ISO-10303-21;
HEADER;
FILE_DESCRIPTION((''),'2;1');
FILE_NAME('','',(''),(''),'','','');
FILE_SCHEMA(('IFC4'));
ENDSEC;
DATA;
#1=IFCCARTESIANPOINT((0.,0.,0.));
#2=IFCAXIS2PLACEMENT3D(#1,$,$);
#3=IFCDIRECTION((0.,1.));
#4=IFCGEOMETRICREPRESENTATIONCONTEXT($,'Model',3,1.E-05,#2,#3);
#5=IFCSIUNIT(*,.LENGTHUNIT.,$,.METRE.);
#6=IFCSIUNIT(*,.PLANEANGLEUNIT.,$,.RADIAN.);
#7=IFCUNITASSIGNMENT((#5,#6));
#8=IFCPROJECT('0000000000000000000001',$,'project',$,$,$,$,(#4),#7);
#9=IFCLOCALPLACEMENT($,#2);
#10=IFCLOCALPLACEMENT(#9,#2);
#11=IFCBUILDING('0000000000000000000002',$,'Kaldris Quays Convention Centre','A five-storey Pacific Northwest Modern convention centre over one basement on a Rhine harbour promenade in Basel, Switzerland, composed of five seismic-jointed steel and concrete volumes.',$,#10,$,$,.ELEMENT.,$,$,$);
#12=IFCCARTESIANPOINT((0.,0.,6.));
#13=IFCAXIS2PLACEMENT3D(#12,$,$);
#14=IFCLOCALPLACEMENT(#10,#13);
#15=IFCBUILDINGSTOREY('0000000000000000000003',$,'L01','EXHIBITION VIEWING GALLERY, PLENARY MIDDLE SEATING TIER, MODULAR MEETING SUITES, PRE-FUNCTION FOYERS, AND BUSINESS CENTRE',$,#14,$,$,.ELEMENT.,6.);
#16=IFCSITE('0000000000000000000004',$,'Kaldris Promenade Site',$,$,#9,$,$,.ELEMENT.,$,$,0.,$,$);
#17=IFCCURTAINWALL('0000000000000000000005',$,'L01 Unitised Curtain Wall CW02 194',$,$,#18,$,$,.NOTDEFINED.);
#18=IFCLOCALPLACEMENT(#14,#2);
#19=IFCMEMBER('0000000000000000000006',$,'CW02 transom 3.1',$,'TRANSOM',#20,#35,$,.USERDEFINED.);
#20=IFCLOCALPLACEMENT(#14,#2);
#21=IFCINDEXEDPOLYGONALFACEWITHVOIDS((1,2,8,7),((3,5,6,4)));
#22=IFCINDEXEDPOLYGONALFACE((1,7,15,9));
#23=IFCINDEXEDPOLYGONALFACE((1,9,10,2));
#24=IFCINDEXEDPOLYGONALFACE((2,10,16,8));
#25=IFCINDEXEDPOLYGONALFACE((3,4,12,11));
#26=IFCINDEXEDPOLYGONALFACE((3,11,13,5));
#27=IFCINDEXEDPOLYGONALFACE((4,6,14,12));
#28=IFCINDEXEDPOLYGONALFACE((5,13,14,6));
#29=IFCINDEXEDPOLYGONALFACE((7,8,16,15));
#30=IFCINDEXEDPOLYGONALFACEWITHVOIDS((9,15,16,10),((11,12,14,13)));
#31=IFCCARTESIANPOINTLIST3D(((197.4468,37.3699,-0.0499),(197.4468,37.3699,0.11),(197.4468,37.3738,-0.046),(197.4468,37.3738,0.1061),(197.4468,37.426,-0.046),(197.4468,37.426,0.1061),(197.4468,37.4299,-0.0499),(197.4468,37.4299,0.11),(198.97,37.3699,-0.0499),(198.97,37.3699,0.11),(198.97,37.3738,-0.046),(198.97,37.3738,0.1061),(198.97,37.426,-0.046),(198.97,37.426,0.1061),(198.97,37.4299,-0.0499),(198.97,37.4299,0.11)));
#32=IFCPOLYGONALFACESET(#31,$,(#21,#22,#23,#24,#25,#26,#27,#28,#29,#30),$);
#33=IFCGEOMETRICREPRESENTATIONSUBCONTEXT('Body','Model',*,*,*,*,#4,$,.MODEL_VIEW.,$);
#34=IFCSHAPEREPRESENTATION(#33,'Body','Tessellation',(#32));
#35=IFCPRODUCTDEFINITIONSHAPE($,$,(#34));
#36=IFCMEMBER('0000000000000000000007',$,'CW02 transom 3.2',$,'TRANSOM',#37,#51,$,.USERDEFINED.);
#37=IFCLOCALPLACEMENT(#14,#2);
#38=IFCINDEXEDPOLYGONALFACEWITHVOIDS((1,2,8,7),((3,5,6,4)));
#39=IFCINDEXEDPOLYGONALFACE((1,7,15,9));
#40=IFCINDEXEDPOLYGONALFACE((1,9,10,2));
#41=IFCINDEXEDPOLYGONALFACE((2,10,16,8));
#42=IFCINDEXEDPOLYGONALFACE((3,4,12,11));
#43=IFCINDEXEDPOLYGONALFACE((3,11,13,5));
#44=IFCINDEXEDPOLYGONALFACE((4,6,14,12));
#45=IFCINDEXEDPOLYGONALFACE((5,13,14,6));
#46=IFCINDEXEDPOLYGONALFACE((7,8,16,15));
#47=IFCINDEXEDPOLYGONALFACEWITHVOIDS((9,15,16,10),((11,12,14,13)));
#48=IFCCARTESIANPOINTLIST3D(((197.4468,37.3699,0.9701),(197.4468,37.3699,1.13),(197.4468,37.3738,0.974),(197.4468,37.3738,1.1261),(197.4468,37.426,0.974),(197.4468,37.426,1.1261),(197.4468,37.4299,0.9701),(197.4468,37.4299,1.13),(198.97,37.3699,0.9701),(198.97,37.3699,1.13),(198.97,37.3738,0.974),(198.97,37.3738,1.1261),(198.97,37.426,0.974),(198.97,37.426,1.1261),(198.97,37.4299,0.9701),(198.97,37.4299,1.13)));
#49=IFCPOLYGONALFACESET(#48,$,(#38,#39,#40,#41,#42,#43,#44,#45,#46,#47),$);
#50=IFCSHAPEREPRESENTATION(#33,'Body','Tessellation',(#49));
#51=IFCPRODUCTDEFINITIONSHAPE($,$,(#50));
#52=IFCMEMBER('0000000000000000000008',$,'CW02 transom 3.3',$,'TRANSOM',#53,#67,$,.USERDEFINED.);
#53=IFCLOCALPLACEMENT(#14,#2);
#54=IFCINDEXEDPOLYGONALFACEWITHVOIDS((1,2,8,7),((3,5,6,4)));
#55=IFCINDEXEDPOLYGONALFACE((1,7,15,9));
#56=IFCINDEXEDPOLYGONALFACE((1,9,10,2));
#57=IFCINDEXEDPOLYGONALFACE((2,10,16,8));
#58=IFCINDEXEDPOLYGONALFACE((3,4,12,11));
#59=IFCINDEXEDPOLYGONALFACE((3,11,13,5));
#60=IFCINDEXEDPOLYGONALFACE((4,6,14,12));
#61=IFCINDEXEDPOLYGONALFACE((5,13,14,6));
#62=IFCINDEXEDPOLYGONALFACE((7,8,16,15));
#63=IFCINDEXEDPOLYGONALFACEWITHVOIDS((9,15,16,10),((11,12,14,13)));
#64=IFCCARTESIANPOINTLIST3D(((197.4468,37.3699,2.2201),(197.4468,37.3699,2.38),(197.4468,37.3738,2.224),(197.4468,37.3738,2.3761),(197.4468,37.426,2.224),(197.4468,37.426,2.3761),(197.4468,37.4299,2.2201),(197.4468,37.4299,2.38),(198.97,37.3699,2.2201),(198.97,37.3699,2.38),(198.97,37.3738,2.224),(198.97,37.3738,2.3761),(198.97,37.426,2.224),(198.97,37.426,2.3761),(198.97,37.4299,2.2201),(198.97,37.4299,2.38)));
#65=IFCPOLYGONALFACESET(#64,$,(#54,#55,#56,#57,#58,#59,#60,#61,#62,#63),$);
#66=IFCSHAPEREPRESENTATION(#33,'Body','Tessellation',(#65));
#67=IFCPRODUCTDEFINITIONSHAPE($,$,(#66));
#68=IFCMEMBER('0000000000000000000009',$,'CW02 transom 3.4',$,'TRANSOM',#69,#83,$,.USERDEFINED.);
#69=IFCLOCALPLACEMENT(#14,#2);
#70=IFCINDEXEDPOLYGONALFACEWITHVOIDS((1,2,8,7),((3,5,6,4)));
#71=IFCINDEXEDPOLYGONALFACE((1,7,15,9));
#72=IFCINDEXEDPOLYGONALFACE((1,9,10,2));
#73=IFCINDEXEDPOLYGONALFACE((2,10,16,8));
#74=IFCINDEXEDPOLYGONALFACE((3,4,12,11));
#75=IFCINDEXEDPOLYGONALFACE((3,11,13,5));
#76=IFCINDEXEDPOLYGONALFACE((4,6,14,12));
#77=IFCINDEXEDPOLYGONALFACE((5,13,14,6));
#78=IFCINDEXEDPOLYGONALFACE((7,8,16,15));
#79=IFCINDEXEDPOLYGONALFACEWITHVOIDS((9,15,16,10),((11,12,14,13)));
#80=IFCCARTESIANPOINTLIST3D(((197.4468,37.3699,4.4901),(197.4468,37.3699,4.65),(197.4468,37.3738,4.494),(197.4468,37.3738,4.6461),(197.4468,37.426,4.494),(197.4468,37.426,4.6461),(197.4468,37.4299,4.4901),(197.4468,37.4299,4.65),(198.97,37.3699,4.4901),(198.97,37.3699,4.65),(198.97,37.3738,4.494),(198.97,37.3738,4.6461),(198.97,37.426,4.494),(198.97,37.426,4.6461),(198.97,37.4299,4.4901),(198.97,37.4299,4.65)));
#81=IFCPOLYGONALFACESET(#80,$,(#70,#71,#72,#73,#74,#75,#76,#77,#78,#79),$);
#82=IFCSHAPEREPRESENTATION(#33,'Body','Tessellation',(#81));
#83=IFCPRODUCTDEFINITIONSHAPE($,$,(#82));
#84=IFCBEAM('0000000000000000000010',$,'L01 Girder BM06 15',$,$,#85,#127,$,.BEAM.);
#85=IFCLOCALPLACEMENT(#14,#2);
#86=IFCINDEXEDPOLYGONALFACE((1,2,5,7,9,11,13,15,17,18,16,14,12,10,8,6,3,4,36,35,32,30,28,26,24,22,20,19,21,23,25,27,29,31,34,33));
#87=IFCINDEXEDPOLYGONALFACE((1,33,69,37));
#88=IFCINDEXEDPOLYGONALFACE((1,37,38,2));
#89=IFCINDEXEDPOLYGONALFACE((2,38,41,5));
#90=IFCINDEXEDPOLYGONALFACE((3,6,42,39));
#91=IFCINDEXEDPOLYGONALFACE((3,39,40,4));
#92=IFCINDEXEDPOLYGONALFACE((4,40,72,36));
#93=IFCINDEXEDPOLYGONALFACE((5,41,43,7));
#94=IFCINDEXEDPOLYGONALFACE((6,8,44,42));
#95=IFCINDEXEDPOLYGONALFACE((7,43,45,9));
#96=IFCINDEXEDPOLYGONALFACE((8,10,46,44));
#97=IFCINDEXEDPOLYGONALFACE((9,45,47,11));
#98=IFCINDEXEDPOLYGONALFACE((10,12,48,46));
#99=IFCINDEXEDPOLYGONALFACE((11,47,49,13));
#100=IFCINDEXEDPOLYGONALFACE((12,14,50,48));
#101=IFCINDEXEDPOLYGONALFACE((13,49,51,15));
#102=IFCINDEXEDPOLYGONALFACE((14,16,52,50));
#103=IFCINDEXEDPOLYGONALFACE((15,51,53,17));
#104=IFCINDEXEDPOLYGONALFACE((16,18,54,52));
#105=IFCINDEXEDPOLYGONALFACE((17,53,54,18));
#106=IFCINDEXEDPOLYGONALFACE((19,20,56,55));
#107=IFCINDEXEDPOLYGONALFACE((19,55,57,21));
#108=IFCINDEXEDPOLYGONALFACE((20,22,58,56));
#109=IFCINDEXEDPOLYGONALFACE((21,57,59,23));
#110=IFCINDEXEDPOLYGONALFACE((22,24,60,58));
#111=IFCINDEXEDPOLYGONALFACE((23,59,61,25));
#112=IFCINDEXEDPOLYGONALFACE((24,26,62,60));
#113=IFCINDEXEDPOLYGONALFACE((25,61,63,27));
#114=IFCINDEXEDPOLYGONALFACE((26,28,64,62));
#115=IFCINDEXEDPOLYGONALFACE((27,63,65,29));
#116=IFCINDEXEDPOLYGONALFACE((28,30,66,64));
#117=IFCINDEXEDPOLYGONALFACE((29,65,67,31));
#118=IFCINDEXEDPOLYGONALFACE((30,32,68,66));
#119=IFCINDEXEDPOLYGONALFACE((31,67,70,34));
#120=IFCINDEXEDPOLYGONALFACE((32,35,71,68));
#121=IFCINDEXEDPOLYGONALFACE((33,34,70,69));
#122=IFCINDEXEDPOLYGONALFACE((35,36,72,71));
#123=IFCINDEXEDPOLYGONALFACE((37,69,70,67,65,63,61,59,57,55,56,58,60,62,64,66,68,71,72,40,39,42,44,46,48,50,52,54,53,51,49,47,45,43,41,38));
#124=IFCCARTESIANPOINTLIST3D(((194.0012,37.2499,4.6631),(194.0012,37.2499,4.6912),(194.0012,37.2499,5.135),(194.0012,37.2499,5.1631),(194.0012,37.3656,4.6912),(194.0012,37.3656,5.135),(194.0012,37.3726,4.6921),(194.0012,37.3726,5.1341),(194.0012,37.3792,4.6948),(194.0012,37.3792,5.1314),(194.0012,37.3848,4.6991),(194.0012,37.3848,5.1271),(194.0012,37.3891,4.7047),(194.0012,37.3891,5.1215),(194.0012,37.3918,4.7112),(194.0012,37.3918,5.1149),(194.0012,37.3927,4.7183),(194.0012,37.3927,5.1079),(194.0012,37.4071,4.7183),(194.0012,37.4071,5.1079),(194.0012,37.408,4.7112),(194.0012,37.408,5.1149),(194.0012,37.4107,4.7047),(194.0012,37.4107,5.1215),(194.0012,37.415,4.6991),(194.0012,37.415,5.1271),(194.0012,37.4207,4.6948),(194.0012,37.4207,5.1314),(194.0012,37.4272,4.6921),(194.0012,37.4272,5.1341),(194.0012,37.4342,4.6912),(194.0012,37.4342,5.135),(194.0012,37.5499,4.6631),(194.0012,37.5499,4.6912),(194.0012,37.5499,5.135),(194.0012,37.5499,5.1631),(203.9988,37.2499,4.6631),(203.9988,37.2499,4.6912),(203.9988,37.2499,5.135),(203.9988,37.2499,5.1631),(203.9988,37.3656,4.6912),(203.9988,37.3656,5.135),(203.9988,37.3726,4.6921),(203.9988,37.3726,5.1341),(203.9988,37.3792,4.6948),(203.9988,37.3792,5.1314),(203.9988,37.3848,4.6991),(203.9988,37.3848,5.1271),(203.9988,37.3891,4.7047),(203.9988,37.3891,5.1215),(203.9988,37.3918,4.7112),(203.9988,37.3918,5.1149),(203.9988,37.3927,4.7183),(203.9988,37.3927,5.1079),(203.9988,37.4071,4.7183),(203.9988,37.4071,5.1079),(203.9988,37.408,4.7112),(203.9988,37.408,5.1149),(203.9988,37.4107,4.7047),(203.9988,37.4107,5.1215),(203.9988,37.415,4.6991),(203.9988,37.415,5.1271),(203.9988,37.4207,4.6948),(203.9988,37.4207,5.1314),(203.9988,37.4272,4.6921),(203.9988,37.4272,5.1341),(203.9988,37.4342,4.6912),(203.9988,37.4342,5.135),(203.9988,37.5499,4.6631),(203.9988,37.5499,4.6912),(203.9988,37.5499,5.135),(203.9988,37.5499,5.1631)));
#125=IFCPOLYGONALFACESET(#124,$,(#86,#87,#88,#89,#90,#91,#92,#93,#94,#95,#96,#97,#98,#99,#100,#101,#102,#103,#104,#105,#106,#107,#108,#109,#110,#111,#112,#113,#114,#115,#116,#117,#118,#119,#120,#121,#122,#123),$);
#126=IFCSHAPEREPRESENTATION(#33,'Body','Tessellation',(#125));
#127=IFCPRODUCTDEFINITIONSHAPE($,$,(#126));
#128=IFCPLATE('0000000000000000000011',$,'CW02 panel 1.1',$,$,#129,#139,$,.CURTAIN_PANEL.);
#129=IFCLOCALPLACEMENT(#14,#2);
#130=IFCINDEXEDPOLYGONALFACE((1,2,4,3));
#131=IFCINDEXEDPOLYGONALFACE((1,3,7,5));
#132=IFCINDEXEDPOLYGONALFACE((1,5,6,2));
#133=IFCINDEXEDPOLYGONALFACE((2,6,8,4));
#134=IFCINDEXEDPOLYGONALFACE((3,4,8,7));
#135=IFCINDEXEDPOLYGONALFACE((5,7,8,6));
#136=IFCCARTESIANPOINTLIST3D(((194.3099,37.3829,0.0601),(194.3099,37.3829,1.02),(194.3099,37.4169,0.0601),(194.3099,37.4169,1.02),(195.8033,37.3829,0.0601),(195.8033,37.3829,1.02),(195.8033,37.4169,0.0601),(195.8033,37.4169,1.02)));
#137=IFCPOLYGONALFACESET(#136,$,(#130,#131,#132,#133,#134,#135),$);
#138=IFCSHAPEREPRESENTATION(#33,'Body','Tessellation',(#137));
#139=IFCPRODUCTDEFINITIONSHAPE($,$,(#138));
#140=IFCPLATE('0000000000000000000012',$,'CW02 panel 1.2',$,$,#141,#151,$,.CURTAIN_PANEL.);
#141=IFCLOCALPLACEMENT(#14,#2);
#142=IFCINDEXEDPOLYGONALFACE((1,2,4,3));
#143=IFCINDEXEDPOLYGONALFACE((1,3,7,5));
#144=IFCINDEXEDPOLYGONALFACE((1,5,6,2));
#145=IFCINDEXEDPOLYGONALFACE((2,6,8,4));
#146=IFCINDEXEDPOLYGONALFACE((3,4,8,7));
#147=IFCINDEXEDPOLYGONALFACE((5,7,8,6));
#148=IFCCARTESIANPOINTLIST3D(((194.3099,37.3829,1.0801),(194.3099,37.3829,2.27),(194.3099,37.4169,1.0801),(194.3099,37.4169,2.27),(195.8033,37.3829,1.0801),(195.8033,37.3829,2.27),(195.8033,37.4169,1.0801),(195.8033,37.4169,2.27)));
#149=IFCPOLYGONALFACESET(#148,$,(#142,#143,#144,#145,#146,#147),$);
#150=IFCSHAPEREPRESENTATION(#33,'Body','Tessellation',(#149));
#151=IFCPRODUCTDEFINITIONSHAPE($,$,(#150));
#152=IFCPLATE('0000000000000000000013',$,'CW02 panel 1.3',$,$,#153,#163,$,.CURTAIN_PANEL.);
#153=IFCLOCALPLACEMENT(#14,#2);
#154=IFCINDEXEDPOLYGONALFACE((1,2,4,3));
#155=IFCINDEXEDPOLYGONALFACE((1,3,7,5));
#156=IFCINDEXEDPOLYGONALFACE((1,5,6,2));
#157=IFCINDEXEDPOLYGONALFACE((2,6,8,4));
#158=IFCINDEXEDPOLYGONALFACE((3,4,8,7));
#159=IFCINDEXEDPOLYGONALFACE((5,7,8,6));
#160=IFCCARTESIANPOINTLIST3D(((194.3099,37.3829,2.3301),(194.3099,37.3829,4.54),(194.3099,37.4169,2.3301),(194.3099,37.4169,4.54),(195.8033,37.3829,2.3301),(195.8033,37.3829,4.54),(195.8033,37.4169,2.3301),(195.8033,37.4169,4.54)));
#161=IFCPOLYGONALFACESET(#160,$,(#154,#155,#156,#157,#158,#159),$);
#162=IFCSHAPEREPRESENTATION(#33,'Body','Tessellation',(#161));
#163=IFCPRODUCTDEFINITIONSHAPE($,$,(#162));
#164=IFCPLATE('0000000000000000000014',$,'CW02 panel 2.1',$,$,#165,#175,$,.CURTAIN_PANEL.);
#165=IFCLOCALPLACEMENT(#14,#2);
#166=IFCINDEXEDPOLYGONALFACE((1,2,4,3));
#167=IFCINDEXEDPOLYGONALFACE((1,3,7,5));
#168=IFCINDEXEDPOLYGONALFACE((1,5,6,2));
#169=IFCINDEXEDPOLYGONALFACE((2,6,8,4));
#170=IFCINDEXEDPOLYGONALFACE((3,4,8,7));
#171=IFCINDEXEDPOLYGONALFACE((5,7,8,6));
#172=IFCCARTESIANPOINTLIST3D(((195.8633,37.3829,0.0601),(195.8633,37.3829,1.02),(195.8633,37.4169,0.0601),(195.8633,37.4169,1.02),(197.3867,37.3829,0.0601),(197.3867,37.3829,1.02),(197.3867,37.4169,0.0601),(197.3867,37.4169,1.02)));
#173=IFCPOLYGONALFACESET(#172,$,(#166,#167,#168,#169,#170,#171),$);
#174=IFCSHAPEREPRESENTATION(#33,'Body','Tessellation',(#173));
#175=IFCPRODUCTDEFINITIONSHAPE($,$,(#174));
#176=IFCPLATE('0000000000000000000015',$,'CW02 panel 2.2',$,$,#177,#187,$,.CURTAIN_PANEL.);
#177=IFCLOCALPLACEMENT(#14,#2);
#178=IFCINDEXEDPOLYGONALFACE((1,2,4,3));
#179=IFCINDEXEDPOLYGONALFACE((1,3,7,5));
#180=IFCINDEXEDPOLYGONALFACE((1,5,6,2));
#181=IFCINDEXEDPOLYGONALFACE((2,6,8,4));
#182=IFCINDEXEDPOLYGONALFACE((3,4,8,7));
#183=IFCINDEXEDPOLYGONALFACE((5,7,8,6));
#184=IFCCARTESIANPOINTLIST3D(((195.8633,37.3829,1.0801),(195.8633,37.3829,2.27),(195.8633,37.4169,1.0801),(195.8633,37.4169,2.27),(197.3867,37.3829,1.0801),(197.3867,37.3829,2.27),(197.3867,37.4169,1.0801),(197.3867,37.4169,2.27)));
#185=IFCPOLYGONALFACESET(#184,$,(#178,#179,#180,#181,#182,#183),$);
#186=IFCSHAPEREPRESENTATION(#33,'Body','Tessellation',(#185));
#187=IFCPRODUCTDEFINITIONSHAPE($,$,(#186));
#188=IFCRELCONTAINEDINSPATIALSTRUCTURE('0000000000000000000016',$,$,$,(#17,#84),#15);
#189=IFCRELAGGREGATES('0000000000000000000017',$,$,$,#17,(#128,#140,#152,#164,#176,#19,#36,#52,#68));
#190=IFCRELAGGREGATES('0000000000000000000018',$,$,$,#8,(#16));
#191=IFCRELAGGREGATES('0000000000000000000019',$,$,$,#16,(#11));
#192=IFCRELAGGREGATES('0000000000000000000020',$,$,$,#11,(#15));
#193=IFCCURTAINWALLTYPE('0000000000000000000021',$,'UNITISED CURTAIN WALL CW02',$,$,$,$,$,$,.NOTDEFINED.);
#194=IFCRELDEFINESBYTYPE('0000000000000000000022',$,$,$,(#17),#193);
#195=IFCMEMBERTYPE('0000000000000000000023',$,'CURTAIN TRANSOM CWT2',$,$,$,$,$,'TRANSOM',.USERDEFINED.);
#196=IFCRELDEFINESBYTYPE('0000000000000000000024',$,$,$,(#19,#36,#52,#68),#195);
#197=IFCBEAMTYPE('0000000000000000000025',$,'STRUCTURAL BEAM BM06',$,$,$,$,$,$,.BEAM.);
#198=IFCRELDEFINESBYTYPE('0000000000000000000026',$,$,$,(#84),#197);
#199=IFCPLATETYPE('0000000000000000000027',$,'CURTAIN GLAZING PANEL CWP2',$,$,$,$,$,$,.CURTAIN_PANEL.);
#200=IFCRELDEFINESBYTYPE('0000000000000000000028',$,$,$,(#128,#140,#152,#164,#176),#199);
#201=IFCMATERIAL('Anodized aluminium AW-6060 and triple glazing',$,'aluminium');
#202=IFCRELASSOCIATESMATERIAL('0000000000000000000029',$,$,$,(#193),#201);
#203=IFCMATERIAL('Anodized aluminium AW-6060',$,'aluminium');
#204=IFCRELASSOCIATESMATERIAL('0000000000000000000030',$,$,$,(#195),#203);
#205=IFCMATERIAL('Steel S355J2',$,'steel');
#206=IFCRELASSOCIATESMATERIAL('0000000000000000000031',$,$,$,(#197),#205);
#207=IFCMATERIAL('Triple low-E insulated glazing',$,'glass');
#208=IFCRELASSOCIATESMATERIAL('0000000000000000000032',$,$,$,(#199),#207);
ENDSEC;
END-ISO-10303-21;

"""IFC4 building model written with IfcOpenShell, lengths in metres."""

from ifc_helpers import new_model, si_unit, direction, frame, origin, origin_2d, place, context, subcontext, project, spatial, rectangle, hollow_rectangle, i_section, extrude, material, material_profile, profile_set, type_object, element, aggregate, save


model = new_model("IFC4")

# Units and contexts
model_context = context("Model", 3, precision=1e-05, world=origin(), true_north=direction((0.0, 1.0)))
body_context = subcontext(model_context, "Body", "Model", "MODEL_VIEW")
ifc_project = project(units=[si_unit("LENGTHUNIT", "METRE"), si_unit("PLANEANGLEUNIT", "RADIAN")], contexts=[model_context])

# Site, building, storey
site_placement = place(None, origin())
site = spatial("IfcSite", under=ifc_project, at=site_placement, Name="Kaldris Promenade Site", CompositionType="ELEMENT", RefElevation=0.0)
building_placement = place(site_placement, origin())
building = spatial("IfcBuilding", under=site, at=building_placement, Name="Kaldris Quays Convention Centre", Description="A five-storey Pacific Northwest Modern convention centre over one basement on a Rhine harbour promenade in Basel, Switzerland, composed of five seismic-jointed steel and concrete volumes.", CompositionType="ELEMENT")
storey_placement = place(building_placement, frame((0.0, 0.0, 6.0)))
storey = spatial("IfcBuildingStorey", under=building, at=storey_placement, Name="L01", Description="EXHIBITION VIEWING GALLERY, PLENARY MIDDLE SEATING TIER, MODULAR MEETING SUITES, PRE-FUNCTION FOYERS, AND BUSINESS CENTRE", CompositionType="ELEMENT", Elevation=6.0)

# Curtain wall, members
ifc_material_1 = material(Name="Anodized aluminium AW-6060 and triple glazing", Category="aluminium")
curtain_wall_type = type_object("IfcCurtainWallType", Name="UNITISED CURTAIN WALL CW02", PredefinedType="NOTDEFINED", material=ifc_material_1)
curtain_wall_placement = place(storey_placement, origin())
curtain_wall = element("IfcCurtainWall", 1, at=curtain_wall_placement, inside=storey, type_object=curtain_wall_type, Name="L01 Unitised Curtain Wall CW02 194", PredefinedType="NOTDEFINED")
ifc_material_2 = material(Name="Anodized aluminium AW-6060", Category="aluminium")
ifc_material_profile_1 = material_profile(ifc_material_2, hollow_rectangle(XDim=0.0601, YDim=0.1599, WallThickness=0.0039, at=origin_2d()), Name="RHS 160x60x4")
ifc_profile_set_1 = profile_set([ifc_material_profile_1], Name="Anodized aluminium AW-6060")
member_type_1 = type_object("IfcMemberType", Name="CURTAIN TRANSOM CWT2", ElementType="TRANSOM", PredefinedType="USERDEFINED", material=ifc_profile_set_1)
member_1_placement = place(storey_placement, frame((197.4468, 37.3999, 0.03), z_axis=(1.0, 0.0, 0.0), x_axis=(0.0, 1.0, 0.0)))
member_1 = element("IfcMember", 2, at=member_1_placement, type_object=member_type_1, Name="CW02 transom 3.1", ObjectType="TRANSOM", PredefinedType="USERDEFINED", context=body_context, shape_type="SweptSolid", body=[
    extrude(hollow_rectangle(XDim=0.0601, YDim=0.1599, WallThickness=0.0039, at=origin_2d()), origin(), (0.0, 0.0, 1.0), 1.5232),
])
member_2_placement = place(storey_placement, frame((197.4468, 37.3999, 1.05), z_axis=(1.0, 0.0, 0.0), x_axis=(0.0, 1.0, 0.0)))
member_2 = element("IfcMember", 3, at=member_2_placement, type_object=member_type_1, Name="CW02 transom 3.2", ObjectType="TRANSOM", PredefinedType="USERDEFINED", context=body_context, shape_type="SweptSolid", body=[
    extrude(hollow_rectangle(XDim=0.0601, YDim=0.1599, WallThickness=0.0039, at=origin_2d()), origin(), (0.0, 0.0, 1.0), 1.5232),
])
member_3_placement = place(storey_placement, frame((197.4468, 37.3999, 2.3), z_axis=(1.0, 0.0, 0.0), x_axis=(0.0, 1.0, 0.0)))
member_3 = element("IfcMember", 4, at=member_3_placement, type_object=member_type_1, Name="CW02 transom 3.3", ObjectType="TRANSOM", PredefinedType="USERDEFINED", context=body_context, shape_type="SweptSolid", body=[
    extrude(hollow_rectangle(XDim=0.0601, YDim=0.1599, WallThickness=0.0039, at=origin_2d()), origin(), (0.0, 0.0, 1.0), 1.5232),
])
member_4_placement = place(storey_placement, frame((197.4468, 37.3999, 4.5701), z_axis=(1.0, 0.0, 0.0), x_axis=(0.0, 1.0, 0.0)))
member_4 = element("IfcMember", 5, at=member_4_placement, type_object=member_type_1, Name="CW02 transom 3.4", ObjectType="TRANSOM", PredefinedType="USERDEFINED", context=body_context, shape_type="SweptSolid", body=[
    extrude(hollow_rectangle(XDim=0.0601, YDim=0.1599, WallThickness=0.0039, at=origin_2d()), origin(), (0.0, 0.0, 1.0), 1.5232),
])

# Beam
ifc_material_3 = material(Name="Steel S355J2", Category="steel")
ifc_material_profile_2 = material_profile(ifc_material_3, i_section(OverallWidth=0.3, OverallDepth=0.5, WebThickness=0.0144, FlangeThickness=0.0281, FilletRadius=0.0271, at=origin_2d()), Name="HEB 500")
ifc_profile_set_2 = profile_set([ifc_material_profile_2], Name="Steel S355J2")
beam_type = type_object("IfcBeamType", Name="STRUCTURAL BEAM BM06", PredefinedType="BEAM", material=ifc_profile_set_2)
beam_placement = place(storey_placement, frame((194.0012, 37.3999, 4.9131), z_axis=(1.0, 0.0, 0.0), x_axis=(0.0, 1.0, 0.0)))
element("IfcBeam", 6, at=beam_placement, inside=storey, type_object=beam_type, Name="L01 Girder BM06 15", PredefinedType="BEAM", context=body_context, shape_type="SweptSolid", body=[
    extrude(i_section(OverallWidth=0.3, OverallDepth=0.5, WebThickness=0.0144, FlangeThickness=0.0281, FilletRadius=0.0271, at=origin_2d()), origin(), (0.0, 0.0, 1.0), 9.9976),
])

# Plates
ifc_material_4 = material(Name="Triple low-E insulated glazing", Category="glass")
plate_type = type_object("IfcPlateType", Name="CURTAIN GLAZING PANEL CWP2", PredefinedType="CURTAIN_PANEL", material=ifc_material_4)
plate_1_placement = place(storey_placement, frame((195.0566, 37.3999, 0.0601), z_axis=(0.0, 0.0, 1.0), x_axis=(1.0, 0.0, 0.0)))
plate_1 = element("IfcPlate", 7, at=plate_1_placement, type_object=plate_type, Name="CW02 panel 1.1", PredefinedType="CURTAIN_PANEL", context=body_context, shape_type="SweptSolid", body=[
    extrude(rectangle(XDim=1.4934, YDim=0.0339, at=origin_2d()), origin(), (0.0, 0.0, 1.0), 0.96),
])
plate_2_placement = place(storey_placement, frame((195.0566, 37.3999, 1.0801), z_axis=(0.0, 0.0, 1.0), x_axis=(1.0, 0.0, 0.0)))
plate_2 = element("IfcPlate", 8, at=plate_2_placement, type_object=plate_type, Name="CW02 panel 1.2", PredefinedType="CURTAIN_PANEL", context=body_context, shape_type="SweptSolid", body=[
    extrude(rectangle(XDim=1.4934, YDim=0.0339, at=origin_2d()), origin(), (0.0, 0.0, 1.0), 1.1899),
])
plate_3_placement = place(storey_placement, frame((195.0566, 37.3999, 2.3301), z_axis=(0.0, 0.0, 1.0), x_axis=(1.0, 0.0, 0.0)))
plate_3 = element("IfcPlate", 9, at=plate_3_placement, type_object=plate_type, Name="CW02 panel 1.3", PredefinedType="CURTAIN_PANEL", context=body_context, shape_type="SweptSolid", body=[
    extrude(rectangle(XDim=1.4934, YDim=0.0339, at=origin_2d()), origin(), (0.0, 0.0, 1.0), 2.21),
])
plate_4_placement = place(storey_placement, frame((196.625, 37.3999, 0.0601), z_axis=(0.0, 0.0, 1.0), x_axis=(1.0, 0.0, 0.0)))
plate_4 = element("IfcPlate", 10, at=plate_4_placement, type_object=plate_type, Name="CW02 panel 2.1", PredefinedType="CURTAIN_PANEL", context=body_context, shape_type="SweptSolid", body=[
    extrude(rectangle(XDim=1.5234, YDim=0.0339, at=origin_2d()), origin(), (0.0, 0.0, 1.0), 0.96),
])
plate_5_placement = place(storey_placement, frame((196.625, 37.3999, 1.0801), z_axis=(0.0, 0.0, 1.0), x_axis=(1.0, 0.0, 0.0)))
plate_5 = element("IfcPlate", 11, at=plate_5_placement, type_object=plate_type, Name="CW02 panel 2.2", PredefinedType="CURTAIN_PANEL", context=body_context, shape_type="SweptSolid", body=[
    extrude(rectangle(XDim=1.5234, YDim=0.0339, at=origin_2d()), origin(), (0.0, 0.0, 1.0), 1.1899),
])
aggregate(curtain_wall, [plate_1, plate_2, plate_3, plate_4, plate_5, member_1, member_2, member_3, member_4])

save(model, "model.ifc")
